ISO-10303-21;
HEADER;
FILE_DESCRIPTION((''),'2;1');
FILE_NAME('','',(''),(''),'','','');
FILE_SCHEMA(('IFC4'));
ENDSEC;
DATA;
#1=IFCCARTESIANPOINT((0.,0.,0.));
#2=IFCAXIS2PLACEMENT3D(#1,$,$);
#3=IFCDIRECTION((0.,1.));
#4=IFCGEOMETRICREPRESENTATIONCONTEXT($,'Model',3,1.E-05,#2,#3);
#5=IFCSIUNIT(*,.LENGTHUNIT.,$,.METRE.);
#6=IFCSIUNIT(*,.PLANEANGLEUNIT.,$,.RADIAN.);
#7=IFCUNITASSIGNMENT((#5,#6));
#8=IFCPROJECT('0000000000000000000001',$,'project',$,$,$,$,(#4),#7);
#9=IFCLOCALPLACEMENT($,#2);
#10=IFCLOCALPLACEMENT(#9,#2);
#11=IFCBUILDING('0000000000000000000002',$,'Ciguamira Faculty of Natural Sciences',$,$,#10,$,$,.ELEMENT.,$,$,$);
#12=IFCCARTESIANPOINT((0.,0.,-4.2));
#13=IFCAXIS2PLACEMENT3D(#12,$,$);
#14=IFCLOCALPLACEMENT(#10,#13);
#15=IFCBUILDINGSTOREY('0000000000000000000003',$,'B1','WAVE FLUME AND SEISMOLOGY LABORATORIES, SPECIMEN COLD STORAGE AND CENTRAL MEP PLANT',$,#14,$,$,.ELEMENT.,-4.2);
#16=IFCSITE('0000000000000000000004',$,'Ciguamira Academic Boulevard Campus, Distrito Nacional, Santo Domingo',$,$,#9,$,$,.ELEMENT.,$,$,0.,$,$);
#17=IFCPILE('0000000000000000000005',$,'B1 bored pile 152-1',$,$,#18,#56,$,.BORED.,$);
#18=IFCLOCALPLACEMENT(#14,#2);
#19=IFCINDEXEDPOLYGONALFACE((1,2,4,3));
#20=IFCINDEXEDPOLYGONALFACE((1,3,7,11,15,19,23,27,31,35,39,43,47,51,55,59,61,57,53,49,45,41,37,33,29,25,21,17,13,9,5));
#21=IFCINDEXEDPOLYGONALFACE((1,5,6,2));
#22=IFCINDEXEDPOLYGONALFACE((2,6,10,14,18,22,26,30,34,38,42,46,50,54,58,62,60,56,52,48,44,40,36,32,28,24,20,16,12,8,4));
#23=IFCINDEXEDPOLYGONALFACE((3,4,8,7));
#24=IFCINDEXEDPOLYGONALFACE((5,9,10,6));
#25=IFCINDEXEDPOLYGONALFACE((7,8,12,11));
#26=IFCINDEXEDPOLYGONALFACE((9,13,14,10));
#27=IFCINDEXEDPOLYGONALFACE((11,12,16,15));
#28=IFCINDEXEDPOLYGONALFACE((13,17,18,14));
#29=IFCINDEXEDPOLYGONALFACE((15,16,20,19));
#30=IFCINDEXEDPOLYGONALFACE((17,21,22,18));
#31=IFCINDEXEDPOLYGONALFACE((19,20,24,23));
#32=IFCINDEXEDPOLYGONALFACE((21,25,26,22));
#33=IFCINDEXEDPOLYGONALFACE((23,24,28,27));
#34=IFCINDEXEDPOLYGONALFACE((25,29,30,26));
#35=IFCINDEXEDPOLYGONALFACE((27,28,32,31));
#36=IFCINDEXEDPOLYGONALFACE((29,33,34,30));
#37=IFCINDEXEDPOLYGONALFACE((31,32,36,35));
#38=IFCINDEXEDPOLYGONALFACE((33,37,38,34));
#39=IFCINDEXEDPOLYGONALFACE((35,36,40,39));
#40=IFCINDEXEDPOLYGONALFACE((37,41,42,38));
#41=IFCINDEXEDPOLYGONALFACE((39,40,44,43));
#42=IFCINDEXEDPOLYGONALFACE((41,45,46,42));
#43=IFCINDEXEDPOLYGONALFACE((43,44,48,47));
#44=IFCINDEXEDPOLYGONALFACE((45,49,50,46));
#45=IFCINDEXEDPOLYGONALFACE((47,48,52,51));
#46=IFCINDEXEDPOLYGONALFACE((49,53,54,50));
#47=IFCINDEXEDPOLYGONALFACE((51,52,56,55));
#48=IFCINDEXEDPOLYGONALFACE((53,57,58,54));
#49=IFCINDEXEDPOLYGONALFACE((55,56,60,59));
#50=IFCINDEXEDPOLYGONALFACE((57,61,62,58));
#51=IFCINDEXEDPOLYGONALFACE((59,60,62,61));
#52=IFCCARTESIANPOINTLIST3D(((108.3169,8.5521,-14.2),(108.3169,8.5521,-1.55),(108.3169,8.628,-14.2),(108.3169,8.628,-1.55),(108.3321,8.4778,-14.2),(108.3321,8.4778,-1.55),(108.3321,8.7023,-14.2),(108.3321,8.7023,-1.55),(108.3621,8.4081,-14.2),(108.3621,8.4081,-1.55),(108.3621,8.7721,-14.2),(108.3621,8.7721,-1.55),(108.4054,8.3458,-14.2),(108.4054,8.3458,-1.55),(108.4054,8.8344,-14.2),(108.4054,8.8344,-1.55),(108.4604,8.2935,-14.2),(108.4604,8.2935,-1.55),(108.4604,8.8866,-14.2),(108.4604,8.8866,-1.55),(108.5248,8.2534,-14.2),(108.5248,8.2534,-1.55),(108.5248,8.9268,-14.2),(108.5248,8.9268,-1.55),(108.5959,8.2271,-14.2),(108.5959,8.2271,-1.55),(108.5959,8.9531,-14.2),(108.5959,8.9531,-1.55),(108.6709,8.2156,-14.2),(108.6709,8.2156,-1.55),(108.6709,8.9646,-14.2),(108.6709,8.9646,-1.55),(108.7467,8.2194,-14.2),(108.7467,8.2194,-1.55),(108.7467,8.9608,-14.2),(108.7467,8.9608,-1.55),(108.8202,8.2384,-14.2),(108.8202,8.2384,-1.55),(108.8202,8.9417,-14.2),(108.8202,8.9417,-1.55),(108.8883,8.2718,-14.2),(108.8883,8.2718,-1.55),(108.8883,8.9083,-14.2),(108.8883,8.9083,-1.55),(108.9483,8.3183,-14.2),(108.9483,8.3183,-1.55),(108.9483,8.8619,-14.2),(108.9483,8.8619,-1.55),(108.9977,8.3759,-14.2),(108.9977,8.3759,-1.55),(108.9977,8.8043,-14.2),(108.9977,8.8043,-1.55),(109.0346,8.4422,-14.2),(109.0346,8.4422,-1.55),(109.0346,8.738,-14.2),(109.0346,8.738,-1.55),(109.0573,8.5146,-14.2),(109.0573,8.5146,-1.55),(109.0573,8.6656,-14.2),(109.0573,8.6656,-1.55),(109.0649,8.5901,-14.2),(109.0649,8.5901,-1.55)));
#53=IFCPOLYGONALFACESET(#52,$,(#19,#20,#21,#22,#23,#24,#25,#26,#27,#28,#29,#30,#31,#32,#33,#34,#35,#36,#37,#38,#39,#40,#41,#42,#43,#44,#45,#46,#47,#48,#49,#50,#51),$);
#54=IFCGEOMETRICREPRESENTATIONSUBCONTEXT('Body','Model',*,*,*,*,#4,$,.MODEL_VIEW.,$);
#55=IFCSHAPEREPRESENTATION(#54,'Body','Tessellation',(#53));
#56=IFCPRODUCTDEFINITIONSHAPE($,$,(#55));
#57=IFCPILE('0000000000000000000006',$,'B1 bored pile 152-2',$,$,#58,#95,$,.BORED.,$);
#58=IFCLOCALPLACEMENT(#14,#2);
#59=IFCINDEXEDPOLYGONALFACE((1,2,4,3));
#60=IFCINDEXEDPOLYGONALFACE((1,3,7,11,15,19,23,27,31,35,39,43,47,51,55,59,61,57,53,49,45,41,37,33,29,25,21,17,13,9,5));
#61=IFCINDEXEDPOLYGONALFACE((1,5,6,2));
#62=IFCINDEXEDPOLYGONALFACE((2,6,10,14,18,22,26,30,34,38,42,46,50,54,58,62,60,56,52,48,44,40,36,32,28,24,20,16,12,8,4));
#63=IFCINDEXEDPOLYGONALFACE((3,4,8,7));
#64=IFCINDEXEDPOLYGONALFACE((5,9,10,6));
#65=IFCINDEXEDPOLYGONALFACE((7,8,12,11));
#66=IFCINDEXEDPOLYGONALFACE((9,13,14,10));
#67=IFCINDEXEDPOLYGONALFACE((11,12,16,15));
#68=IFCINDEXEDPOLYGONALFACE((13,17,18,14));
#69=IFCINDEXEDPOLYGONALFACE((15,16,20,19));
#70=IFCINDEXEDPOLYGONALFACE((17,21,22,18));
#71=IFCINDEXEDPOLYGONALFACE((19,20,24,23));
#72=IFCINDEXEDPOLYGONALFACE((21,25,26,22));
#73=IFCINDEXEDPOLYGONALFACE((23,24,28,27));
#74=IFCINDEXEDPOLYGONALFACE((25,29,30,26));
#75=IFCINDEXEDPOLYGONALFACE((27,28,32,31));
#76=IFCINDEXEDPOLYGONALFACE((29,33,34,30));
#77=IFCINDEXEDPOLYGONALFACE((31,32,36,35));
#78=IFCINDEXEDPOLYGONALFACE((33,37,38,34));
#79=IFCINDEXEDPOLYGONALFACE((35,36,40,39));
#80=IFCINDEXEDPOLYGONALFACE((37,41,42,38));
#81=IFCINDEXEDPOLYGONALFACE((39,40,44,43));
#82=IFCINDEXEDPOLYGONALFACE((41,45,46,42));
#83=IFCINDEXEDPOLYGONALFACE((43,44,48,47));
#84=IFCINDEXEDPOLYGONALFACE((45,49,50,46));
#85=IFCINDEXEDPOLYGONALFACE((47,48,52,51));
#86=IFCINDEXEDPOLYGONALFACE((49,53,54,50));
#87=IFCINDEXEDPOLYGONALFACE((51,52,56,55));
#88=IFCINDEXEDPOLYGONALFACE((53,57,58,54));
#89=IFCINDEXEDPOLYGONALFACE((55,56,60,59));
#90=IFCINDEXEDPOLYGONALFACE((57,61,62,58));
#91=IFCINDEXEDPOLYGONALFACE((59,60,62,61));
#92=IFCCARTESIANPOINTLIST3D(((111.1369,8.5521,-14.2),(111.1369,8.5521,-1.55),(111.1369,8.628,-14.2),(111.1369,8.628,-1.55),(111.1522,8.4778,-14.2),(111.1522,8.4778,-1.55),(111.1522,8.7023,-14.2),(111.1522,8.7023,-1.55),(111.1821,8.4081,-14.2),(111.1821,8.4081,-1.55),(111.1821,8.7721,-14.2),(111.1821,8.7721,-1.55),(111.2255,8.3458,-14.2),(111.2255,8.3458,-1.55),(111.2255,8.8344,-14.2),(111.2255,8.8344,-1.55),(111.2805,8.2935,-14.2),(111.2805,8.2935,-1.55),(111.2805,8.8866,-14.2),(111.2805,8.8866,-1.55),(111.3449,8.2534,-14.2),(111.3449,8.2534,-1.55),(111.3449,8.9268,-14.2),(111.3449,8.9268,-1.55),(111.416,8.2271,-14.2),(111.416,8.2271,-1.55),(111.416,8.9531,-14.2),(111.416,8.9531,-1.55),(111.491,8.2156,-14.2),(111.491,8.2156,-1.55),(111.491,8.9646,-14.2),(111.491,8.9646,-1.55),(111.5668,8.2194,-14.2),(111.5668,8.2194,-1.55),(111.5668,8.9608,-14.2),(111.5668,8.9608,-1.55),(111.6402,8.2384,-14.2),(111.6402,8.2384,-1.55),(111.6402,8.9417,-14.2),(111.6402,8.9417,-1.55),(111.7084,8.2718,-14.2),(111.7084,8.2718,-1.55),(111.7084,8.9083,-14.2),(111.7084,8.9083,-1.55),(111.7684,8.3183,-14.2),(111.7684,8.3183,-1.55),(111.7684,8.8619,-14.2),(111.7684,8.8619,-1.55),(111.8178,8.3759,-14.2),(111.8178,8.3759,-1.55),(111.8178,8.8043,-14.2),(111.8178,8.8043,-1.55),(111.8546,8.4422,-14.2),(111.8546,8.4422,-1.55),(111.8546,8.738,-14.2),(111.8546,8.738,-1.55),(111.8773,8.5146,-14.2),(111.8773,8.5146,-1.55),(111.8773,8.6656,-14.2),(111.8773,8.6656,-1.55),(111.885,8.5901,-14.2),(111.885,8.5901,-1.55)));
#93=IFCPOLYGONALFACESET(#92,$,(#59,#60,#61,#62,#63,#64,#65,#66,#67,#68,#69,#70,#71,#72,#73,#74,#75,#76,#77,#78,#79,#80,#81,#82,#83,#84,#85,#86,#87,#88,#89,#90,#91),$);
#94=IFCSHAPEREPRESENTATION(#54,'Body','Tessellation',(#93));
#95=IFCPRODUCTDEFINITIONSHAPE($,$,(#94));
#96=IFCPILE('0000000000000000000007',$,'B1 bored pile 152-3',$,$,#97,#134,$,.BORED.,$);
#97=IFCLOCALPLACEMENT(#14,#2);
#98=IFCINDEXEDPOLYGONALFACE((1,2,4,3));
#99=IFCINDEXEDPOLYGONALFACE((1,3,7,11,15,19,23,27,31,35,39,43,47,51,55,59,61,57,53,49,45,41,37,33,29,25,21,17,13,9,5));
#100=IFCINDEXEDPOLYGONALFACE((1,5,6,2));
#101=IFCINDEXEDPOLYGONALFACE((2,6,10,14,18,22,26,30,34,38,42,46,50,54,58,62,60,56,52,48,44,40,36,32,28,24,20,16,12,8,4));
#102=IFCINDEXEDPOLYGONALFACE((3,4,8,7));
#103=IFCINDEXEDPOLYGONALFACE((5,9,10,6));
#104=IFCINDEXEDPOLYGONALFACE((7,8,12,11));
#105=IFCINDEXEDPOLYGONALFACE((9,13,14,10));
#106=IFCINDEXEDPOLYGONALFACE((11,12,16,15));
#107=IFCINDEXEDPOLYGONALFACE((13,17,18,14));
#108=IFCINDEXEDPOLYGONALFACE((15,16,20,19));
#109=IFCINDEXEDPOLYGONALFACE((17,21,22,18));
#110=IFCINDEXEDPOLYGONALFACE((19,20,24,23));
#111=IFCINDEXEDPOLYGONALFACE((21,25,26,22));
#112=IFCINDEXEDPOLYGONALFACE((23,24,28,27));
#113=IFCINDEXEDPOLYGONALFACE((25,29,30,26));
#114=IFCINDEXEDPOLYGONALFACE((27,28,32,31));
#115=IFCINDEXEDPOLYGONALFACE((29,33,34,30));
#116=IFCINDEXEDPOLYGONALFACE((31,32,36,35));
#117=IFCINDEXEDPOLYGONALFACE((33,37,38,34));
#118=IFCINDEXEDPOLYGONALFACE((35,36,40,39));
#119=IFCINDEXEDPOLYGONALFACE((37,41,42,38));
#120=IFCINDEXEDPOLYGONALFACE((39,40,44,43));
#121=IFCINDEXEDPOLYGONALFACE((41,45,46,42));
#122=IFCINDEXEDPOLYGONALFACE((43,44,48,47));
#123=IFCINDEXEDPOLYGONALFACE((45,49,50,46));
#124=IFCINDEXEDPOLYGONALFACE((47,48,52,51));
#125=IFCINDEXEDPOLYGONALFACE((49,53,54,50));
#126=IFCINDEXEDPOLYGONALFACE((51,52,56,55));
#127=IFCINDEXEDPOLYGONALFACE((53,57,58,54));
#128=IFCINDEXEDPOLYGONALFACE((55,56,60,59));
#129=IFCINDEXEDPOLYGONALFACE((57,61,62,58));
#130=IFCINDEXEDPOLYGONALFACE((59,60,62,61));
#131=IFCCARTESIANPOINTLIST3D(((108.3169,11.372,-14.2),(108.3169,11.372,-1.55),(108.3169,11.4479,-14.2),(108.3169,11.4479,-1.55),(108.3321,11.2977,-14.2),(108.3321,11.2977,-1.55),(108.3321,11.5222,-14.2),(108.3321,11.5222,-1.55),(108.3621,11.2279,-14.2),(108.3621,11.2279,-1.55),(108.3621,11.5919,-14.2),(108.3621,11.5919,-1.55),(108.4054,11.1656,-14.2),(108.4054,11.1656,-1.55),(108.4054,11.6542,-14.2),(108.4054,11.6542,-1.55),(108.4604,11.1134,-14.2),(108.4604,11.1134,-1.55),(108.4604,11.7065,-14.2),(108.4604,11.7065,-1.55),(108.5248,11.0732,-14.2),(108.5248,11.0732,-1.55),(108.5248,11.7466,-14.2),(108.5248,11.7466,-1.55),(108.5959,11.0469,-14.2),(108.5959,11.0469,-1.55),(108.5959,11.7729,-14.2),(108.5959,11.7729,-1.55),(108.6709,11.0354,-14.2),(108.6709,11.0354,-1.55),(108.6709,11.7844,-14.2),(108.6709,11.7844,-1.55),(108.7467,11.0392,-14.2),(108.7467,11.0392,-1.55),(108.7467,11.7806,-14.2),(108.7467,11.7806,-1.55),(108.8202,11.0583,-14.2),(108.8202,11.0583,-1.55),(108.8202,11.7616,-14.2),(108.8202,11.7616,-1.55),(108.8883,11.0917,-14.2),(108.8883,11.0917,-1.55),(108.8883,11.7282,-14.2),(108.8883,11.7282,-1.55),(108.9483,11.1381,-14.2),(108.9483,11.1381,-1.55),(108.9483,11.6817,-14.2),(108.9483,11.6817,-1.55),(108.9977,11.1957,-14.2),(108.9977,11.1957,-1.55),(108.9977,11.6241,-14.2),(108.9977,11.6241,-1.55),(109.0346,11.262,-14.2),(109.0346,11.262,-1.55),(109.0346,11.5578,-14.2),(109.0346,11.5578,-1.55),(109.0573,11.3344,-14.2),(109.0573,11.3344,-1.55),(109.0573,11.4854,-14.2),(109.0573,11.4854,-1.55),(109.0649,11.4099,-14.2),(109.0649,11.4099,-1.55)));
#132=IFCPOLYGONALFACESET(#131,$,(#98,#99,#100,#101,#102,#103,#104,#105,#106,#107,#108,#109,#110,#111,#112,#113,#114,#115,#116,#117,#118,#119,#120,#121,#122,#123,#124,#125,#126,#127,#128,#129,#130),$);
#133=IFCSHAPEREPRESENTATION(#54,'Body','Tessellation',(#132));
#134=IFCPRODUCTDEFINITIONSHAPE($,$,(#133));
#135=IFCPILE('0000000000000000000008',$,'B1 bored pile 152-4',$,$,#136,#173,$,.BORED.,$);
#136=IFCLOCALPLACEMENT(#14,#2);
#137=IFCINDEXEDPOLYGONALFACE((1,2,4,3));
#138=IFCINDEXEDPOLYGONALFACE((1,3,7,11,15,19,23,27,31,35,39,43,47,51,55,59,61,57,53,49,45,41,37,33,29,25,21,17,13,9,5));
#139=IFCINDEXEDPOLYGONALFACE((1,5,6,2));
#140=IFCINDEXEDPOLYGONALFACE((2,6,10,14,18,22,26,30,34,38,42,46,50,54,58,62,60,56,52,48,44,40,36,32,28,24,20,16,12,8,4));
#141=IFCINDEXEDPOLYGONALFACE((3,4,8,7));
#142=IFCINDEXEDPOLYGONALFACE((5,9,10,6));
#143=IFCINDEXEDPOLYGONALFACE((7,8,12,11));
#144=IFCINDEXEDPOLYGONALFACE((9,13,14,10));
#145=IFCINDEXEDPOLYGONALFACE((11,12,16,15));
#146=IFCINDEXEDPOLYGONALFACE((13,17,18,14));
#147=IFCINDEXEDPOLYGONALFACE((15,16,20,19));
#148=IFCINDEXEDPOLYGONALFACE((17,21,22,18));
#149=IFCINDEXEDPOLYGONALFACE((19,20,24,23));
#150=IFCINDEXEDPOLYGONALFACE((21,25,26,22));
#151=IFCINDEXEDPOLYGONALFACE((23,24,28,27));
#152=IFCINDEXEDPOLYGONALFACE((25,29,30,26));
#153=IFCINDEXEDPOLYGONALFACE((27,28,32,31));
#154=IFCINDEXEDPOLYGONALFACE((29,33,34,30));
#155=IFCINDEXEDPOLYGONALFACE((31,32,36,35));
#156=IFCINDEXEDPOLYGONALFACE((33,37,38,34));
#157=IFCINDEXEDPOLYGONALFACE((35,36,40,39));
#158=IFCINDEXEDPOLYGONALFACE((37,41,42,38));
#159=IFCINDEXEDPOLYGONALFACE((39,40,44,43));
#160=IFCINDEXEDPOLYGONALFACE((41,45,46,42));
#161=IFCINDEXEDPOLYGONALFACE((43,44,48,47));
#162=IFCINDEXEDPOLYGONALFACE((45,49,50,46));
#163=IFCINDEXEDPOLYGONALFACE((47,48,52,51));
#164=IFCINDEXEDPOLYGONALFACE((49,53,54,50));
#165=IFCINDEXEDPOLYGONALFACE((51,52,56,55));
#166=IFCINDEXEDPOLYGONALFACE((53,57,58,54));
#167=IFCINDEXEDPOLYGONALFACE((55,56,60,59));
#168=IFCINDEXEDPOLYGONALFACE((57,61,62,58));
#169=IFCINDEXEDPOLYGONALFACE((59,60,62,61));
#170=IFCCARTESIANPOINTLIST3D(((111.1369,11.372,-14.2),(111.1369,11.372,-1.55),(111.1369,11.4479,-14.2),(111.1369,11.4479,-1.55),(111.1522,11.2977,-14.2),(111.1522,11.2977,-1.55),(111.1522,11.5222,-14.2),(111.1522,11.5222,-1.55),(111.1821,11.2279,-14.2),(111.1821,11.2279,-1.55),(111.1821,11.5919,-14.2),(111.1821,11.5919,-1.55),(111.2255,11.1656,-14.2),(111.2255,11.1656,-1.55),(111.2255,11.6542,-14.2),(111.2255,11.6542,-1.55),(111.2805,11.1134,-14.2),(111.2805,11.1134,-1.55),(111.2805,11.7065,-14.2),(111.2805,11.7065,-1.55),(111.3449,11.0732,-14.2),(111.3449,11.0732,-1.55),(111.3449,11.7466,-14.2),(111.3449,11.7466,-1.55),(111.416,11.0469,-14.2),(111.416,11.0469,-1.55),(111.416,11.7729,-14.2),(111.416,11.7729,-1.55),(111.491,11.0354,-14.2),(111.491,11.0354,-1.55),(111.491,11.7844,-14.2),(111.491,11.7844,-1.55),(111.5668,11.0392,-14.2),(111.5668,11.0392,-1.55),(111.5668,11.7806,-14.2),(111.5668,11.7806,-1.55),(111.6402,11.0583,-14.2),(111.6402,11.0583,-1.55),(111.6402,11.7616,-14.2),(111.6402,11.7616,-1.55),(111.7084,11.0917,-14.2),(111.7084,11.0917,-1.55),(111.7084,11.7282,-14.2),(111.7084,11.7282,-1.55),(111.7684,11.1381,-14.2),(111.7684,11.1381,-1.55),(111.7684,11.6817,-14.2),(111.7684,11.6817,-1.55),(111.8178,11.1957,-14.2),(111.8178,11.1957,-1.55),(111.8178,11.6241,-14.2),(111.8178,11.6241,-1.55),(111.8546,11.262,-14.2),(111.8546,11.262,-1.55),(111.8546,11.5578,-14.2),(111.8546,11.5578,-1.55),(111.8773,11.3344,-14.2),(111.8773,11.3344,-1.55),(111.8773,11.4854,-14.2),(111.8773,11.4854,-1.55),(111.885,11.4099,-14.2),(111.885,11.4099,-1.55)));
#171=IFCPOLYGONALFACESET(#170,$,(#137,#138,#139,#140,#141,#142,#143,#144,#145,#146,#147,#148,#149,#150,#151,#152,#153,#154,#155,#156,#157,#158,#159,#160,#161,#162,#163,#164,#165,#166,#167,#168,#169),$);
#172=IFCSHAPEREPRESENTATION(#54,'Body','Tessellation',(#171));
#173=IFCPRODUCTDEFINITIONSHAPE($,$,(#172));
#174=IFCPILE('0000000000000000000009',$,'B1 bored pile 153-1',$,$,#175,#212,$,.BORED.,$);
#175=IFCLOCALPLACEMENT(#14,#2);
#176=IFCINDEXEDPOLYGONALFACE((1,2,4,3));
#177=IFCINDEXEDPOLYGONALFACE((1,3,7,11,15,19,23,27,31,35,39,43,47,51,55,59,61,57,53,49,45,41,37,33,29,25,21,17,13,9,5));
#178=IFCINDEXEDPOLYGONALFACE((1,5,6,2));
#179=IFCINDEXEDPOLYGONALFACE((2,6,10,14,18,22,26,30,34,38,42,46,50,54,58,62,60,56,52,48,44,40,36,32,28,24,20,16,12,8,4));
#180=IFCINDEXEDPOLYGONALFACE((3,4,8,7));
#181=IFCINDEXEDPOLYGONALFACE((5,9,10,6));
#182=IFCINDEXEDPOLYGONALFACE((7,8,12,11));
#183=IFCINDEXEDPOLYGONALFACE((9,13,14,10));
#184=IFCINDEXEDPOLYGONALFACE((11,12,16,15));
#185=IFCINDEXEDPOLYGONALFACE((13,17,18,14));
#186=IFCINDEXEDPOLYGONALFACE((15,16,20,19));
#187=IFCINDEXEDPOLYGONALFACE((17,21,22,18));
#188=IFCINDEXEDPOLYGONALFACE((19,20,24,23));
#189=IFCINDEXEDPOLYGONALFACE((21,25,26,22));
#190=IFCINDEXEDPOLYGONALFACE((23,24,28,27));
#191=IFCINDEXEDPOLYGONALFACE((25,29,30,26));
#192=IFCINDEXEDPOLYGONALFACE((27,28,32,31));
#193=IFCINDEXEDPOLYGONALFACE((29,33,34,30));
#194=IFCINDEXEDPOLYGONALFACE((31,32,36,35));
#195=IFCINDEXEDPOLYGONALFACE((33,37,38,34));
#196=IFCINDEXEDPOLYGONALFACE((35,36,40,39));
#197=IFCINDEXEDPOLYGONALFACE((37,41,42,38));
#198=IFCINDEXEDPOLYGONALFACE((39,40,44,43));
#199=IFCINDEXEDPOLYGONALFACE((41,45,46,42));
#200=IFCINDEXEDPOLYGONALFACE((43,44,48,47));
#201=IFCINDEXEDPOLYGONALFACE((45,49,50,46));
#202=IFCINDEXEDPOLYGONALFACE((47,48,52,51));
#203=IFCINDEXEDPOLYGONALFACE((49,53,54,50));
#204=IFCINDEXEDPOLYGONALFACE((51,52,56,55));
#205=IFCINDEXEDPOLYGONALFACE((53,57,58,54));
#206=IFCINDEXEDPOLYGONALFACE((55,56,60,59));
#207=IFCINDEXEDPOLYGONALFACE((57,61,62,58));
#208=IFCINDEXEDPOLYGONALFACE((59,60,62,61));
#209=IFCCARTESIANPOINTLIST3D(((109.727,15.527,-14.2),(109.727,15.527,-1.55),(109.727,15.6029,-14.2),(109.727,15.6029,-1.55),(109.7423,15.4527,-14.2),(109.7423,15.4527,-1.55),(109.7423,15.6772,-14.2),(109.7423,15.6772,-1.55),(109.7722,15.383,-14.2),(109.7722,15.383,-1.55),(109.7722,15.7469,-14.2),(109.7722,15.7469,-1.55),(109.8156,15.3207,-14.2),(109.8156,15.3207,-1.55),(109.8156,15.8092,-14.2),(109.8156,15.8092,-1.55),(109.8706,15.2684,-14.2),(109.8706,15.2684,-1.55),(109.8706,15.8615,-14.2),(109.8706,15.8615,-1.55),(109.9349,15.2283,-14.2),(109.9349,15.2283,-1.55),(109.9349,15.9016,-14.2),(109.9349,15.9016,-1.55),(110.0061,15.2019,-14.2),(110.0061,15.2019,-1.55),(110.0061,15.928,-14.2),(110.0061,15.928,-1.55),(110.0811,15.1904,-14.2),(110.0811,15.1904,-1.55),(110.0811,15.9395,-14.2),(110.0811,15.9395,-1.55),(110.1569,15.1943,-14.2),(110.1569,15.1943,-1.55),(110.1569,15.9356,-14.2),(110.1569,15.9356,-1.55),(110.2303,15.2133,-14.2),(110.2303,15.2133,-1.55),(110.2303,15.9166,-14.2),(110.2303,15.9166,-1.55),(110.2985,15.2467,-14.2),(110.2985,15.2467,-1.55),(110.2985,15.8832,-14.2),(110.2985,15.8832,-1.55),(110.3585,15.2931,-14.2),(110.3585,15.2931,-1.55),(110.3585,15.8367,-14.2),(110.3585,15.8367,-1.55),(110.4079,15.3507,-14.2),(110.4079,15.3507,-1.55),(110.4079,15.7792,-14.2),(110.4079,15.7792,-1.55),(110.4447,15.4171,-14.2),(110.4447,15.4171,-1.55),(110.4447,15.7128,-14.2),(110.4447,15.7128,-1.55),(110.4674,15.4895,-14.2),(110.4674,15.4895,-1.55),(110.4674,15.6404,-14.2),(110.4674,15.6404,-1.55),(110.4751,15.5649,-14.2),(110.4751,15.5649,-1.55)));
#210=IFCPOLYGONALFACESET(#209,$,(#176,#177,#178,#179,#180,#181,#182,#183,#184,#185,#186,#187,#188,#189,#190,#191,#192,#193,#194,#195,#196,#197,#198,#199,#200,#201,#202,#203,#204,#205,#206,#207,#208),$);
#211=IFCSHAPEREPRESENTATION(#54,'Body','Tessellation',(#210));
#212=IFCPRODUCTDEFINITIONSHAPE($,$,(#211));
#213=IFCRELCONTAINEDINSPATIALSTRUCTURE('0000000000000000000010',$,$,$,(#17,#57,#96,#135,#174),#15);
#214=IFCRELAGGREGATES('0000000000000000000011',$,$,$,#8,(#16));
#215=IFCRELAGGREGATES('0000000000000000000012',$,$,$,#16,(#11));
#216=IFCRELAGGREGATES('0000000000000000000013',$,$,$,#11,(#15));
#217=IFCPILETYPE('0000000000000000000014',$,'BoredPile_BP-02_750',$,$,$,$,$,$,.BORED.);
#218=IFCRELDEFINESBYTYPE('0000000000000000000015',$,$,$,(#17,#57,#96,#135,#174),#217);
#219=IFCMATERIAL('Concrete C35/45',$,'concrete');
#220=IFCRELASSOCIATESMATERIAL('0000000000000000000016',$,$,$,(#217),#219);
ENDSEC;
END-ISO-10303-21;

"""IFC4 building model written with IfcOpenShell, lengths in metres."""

from ifc_helpers import new_model, si_unit, direction, frame, origin, origin_2d, place, context, subcontext, project, spatial, circle, extrude, material, material_profile, profile_set, type_object, element, save


model = new_model("IFC4")

# Units and contexts
model_context = context("Model", 3, precision=1e-05, world=origin(), true_north=direction((0.0, 1.0)))
body_context = subcontext(model_context, "Body", "Model", "MODEL_VIEW")
ifc_project = project(units=[si_unit("LENGTHUNIT", "METRE"), si_unit("PLANEANGLEUNIT", "RADIAN")], contexts=[model_context])

# Site, building, storey
site_placement = place(None, origin())
site = spatial("IfcSite", under=ifc_project, at=site_placement, Name="Ciguamira Academic Boulevard Campus, Distrito Nacional, Santo Domingo", CompositionType="ELEMENT", RefElevation=0.0)
building_placement = place(site_placement, origin())
building = spatial("IfcBuilding", under=site, at=building_placement, Name="Ciguamira Faculty of Natural Sciences", CompositionType="ELEMENT")
storey_placement = place(building_placement, frame((0.0, 0.0, -4.2)))
storey = spatial("IfcBuildingStorey", under=building, at=storey_placement, Name="B1", Description="WAVE FLUME AND SEISMOLOGY LABORATORIES, SPECIMEN COLD STORAGE AND CENTRAL MEP PLANT", CompositionType="ELEMENT", Elevation=-4.2)

# Piles
ifc_material_1 = material(Name="Concrete C35/45", Category="concrete")
ifc_material_profile_1 = material_profile(ifc_material_1, circle(Radius=0.375, at=origin_2d()), Name="PILE-BORED-750")
ifc_profile_set_1 = profile_set([ifc_material_profile_1], Name="Concrete C35/45")
pile_type_1 = type_object("IfcPileType", Name="BoredPile_BP-02_750", PredefinedType="BORED", material=ifc_profile_set_1)
for number, where, z_axis, x_axis, name in (
    (1, (108.6899, 8.5901, -1.55), (0.0, 0.0, -1.0), (1.0, 0.0, 0.0), "B1 bored pile 152-1"),
    (2, (111.51, 8.5901, -1.55), (0.0, 0.0, -1.0), (1.0, 0.0, 0.0), "B1 bored pile 152-2"),
    (3, (108.6899, 11.4099, -1.55), (0.0, 0.0, -1.0), (1.0, 0.0, 0.0), "B1 bored pile 152-3"),
    (4, (111.51, 11.4099, -1.55), (0.0, 0.0, -1.0), (1.0, 0.0, 0.0), "B1 bored pile 152-4"),
    (5, (110.1001, 15.5649, -1.55), (0.0, 0.0, -1.0), (1.0, 0.0, 0.0), "B1 bored pile 153-1"),
):
    element("IfcPile", number, at=place(storey_placement, frame(where, z_axis=z_axis, x_axis=x_axis)), inside=storey, type_object=pile_type_1, Name=name, PredefinedType="BORED", context=body_context, shape_type="SweptSolid", body=[
        extrude(circle(Radius=0.375, at=origin_2d()), origin(), (0.0, 0.0, 1.0), 12.6499),
    ])

save(model, "model.ifc")
